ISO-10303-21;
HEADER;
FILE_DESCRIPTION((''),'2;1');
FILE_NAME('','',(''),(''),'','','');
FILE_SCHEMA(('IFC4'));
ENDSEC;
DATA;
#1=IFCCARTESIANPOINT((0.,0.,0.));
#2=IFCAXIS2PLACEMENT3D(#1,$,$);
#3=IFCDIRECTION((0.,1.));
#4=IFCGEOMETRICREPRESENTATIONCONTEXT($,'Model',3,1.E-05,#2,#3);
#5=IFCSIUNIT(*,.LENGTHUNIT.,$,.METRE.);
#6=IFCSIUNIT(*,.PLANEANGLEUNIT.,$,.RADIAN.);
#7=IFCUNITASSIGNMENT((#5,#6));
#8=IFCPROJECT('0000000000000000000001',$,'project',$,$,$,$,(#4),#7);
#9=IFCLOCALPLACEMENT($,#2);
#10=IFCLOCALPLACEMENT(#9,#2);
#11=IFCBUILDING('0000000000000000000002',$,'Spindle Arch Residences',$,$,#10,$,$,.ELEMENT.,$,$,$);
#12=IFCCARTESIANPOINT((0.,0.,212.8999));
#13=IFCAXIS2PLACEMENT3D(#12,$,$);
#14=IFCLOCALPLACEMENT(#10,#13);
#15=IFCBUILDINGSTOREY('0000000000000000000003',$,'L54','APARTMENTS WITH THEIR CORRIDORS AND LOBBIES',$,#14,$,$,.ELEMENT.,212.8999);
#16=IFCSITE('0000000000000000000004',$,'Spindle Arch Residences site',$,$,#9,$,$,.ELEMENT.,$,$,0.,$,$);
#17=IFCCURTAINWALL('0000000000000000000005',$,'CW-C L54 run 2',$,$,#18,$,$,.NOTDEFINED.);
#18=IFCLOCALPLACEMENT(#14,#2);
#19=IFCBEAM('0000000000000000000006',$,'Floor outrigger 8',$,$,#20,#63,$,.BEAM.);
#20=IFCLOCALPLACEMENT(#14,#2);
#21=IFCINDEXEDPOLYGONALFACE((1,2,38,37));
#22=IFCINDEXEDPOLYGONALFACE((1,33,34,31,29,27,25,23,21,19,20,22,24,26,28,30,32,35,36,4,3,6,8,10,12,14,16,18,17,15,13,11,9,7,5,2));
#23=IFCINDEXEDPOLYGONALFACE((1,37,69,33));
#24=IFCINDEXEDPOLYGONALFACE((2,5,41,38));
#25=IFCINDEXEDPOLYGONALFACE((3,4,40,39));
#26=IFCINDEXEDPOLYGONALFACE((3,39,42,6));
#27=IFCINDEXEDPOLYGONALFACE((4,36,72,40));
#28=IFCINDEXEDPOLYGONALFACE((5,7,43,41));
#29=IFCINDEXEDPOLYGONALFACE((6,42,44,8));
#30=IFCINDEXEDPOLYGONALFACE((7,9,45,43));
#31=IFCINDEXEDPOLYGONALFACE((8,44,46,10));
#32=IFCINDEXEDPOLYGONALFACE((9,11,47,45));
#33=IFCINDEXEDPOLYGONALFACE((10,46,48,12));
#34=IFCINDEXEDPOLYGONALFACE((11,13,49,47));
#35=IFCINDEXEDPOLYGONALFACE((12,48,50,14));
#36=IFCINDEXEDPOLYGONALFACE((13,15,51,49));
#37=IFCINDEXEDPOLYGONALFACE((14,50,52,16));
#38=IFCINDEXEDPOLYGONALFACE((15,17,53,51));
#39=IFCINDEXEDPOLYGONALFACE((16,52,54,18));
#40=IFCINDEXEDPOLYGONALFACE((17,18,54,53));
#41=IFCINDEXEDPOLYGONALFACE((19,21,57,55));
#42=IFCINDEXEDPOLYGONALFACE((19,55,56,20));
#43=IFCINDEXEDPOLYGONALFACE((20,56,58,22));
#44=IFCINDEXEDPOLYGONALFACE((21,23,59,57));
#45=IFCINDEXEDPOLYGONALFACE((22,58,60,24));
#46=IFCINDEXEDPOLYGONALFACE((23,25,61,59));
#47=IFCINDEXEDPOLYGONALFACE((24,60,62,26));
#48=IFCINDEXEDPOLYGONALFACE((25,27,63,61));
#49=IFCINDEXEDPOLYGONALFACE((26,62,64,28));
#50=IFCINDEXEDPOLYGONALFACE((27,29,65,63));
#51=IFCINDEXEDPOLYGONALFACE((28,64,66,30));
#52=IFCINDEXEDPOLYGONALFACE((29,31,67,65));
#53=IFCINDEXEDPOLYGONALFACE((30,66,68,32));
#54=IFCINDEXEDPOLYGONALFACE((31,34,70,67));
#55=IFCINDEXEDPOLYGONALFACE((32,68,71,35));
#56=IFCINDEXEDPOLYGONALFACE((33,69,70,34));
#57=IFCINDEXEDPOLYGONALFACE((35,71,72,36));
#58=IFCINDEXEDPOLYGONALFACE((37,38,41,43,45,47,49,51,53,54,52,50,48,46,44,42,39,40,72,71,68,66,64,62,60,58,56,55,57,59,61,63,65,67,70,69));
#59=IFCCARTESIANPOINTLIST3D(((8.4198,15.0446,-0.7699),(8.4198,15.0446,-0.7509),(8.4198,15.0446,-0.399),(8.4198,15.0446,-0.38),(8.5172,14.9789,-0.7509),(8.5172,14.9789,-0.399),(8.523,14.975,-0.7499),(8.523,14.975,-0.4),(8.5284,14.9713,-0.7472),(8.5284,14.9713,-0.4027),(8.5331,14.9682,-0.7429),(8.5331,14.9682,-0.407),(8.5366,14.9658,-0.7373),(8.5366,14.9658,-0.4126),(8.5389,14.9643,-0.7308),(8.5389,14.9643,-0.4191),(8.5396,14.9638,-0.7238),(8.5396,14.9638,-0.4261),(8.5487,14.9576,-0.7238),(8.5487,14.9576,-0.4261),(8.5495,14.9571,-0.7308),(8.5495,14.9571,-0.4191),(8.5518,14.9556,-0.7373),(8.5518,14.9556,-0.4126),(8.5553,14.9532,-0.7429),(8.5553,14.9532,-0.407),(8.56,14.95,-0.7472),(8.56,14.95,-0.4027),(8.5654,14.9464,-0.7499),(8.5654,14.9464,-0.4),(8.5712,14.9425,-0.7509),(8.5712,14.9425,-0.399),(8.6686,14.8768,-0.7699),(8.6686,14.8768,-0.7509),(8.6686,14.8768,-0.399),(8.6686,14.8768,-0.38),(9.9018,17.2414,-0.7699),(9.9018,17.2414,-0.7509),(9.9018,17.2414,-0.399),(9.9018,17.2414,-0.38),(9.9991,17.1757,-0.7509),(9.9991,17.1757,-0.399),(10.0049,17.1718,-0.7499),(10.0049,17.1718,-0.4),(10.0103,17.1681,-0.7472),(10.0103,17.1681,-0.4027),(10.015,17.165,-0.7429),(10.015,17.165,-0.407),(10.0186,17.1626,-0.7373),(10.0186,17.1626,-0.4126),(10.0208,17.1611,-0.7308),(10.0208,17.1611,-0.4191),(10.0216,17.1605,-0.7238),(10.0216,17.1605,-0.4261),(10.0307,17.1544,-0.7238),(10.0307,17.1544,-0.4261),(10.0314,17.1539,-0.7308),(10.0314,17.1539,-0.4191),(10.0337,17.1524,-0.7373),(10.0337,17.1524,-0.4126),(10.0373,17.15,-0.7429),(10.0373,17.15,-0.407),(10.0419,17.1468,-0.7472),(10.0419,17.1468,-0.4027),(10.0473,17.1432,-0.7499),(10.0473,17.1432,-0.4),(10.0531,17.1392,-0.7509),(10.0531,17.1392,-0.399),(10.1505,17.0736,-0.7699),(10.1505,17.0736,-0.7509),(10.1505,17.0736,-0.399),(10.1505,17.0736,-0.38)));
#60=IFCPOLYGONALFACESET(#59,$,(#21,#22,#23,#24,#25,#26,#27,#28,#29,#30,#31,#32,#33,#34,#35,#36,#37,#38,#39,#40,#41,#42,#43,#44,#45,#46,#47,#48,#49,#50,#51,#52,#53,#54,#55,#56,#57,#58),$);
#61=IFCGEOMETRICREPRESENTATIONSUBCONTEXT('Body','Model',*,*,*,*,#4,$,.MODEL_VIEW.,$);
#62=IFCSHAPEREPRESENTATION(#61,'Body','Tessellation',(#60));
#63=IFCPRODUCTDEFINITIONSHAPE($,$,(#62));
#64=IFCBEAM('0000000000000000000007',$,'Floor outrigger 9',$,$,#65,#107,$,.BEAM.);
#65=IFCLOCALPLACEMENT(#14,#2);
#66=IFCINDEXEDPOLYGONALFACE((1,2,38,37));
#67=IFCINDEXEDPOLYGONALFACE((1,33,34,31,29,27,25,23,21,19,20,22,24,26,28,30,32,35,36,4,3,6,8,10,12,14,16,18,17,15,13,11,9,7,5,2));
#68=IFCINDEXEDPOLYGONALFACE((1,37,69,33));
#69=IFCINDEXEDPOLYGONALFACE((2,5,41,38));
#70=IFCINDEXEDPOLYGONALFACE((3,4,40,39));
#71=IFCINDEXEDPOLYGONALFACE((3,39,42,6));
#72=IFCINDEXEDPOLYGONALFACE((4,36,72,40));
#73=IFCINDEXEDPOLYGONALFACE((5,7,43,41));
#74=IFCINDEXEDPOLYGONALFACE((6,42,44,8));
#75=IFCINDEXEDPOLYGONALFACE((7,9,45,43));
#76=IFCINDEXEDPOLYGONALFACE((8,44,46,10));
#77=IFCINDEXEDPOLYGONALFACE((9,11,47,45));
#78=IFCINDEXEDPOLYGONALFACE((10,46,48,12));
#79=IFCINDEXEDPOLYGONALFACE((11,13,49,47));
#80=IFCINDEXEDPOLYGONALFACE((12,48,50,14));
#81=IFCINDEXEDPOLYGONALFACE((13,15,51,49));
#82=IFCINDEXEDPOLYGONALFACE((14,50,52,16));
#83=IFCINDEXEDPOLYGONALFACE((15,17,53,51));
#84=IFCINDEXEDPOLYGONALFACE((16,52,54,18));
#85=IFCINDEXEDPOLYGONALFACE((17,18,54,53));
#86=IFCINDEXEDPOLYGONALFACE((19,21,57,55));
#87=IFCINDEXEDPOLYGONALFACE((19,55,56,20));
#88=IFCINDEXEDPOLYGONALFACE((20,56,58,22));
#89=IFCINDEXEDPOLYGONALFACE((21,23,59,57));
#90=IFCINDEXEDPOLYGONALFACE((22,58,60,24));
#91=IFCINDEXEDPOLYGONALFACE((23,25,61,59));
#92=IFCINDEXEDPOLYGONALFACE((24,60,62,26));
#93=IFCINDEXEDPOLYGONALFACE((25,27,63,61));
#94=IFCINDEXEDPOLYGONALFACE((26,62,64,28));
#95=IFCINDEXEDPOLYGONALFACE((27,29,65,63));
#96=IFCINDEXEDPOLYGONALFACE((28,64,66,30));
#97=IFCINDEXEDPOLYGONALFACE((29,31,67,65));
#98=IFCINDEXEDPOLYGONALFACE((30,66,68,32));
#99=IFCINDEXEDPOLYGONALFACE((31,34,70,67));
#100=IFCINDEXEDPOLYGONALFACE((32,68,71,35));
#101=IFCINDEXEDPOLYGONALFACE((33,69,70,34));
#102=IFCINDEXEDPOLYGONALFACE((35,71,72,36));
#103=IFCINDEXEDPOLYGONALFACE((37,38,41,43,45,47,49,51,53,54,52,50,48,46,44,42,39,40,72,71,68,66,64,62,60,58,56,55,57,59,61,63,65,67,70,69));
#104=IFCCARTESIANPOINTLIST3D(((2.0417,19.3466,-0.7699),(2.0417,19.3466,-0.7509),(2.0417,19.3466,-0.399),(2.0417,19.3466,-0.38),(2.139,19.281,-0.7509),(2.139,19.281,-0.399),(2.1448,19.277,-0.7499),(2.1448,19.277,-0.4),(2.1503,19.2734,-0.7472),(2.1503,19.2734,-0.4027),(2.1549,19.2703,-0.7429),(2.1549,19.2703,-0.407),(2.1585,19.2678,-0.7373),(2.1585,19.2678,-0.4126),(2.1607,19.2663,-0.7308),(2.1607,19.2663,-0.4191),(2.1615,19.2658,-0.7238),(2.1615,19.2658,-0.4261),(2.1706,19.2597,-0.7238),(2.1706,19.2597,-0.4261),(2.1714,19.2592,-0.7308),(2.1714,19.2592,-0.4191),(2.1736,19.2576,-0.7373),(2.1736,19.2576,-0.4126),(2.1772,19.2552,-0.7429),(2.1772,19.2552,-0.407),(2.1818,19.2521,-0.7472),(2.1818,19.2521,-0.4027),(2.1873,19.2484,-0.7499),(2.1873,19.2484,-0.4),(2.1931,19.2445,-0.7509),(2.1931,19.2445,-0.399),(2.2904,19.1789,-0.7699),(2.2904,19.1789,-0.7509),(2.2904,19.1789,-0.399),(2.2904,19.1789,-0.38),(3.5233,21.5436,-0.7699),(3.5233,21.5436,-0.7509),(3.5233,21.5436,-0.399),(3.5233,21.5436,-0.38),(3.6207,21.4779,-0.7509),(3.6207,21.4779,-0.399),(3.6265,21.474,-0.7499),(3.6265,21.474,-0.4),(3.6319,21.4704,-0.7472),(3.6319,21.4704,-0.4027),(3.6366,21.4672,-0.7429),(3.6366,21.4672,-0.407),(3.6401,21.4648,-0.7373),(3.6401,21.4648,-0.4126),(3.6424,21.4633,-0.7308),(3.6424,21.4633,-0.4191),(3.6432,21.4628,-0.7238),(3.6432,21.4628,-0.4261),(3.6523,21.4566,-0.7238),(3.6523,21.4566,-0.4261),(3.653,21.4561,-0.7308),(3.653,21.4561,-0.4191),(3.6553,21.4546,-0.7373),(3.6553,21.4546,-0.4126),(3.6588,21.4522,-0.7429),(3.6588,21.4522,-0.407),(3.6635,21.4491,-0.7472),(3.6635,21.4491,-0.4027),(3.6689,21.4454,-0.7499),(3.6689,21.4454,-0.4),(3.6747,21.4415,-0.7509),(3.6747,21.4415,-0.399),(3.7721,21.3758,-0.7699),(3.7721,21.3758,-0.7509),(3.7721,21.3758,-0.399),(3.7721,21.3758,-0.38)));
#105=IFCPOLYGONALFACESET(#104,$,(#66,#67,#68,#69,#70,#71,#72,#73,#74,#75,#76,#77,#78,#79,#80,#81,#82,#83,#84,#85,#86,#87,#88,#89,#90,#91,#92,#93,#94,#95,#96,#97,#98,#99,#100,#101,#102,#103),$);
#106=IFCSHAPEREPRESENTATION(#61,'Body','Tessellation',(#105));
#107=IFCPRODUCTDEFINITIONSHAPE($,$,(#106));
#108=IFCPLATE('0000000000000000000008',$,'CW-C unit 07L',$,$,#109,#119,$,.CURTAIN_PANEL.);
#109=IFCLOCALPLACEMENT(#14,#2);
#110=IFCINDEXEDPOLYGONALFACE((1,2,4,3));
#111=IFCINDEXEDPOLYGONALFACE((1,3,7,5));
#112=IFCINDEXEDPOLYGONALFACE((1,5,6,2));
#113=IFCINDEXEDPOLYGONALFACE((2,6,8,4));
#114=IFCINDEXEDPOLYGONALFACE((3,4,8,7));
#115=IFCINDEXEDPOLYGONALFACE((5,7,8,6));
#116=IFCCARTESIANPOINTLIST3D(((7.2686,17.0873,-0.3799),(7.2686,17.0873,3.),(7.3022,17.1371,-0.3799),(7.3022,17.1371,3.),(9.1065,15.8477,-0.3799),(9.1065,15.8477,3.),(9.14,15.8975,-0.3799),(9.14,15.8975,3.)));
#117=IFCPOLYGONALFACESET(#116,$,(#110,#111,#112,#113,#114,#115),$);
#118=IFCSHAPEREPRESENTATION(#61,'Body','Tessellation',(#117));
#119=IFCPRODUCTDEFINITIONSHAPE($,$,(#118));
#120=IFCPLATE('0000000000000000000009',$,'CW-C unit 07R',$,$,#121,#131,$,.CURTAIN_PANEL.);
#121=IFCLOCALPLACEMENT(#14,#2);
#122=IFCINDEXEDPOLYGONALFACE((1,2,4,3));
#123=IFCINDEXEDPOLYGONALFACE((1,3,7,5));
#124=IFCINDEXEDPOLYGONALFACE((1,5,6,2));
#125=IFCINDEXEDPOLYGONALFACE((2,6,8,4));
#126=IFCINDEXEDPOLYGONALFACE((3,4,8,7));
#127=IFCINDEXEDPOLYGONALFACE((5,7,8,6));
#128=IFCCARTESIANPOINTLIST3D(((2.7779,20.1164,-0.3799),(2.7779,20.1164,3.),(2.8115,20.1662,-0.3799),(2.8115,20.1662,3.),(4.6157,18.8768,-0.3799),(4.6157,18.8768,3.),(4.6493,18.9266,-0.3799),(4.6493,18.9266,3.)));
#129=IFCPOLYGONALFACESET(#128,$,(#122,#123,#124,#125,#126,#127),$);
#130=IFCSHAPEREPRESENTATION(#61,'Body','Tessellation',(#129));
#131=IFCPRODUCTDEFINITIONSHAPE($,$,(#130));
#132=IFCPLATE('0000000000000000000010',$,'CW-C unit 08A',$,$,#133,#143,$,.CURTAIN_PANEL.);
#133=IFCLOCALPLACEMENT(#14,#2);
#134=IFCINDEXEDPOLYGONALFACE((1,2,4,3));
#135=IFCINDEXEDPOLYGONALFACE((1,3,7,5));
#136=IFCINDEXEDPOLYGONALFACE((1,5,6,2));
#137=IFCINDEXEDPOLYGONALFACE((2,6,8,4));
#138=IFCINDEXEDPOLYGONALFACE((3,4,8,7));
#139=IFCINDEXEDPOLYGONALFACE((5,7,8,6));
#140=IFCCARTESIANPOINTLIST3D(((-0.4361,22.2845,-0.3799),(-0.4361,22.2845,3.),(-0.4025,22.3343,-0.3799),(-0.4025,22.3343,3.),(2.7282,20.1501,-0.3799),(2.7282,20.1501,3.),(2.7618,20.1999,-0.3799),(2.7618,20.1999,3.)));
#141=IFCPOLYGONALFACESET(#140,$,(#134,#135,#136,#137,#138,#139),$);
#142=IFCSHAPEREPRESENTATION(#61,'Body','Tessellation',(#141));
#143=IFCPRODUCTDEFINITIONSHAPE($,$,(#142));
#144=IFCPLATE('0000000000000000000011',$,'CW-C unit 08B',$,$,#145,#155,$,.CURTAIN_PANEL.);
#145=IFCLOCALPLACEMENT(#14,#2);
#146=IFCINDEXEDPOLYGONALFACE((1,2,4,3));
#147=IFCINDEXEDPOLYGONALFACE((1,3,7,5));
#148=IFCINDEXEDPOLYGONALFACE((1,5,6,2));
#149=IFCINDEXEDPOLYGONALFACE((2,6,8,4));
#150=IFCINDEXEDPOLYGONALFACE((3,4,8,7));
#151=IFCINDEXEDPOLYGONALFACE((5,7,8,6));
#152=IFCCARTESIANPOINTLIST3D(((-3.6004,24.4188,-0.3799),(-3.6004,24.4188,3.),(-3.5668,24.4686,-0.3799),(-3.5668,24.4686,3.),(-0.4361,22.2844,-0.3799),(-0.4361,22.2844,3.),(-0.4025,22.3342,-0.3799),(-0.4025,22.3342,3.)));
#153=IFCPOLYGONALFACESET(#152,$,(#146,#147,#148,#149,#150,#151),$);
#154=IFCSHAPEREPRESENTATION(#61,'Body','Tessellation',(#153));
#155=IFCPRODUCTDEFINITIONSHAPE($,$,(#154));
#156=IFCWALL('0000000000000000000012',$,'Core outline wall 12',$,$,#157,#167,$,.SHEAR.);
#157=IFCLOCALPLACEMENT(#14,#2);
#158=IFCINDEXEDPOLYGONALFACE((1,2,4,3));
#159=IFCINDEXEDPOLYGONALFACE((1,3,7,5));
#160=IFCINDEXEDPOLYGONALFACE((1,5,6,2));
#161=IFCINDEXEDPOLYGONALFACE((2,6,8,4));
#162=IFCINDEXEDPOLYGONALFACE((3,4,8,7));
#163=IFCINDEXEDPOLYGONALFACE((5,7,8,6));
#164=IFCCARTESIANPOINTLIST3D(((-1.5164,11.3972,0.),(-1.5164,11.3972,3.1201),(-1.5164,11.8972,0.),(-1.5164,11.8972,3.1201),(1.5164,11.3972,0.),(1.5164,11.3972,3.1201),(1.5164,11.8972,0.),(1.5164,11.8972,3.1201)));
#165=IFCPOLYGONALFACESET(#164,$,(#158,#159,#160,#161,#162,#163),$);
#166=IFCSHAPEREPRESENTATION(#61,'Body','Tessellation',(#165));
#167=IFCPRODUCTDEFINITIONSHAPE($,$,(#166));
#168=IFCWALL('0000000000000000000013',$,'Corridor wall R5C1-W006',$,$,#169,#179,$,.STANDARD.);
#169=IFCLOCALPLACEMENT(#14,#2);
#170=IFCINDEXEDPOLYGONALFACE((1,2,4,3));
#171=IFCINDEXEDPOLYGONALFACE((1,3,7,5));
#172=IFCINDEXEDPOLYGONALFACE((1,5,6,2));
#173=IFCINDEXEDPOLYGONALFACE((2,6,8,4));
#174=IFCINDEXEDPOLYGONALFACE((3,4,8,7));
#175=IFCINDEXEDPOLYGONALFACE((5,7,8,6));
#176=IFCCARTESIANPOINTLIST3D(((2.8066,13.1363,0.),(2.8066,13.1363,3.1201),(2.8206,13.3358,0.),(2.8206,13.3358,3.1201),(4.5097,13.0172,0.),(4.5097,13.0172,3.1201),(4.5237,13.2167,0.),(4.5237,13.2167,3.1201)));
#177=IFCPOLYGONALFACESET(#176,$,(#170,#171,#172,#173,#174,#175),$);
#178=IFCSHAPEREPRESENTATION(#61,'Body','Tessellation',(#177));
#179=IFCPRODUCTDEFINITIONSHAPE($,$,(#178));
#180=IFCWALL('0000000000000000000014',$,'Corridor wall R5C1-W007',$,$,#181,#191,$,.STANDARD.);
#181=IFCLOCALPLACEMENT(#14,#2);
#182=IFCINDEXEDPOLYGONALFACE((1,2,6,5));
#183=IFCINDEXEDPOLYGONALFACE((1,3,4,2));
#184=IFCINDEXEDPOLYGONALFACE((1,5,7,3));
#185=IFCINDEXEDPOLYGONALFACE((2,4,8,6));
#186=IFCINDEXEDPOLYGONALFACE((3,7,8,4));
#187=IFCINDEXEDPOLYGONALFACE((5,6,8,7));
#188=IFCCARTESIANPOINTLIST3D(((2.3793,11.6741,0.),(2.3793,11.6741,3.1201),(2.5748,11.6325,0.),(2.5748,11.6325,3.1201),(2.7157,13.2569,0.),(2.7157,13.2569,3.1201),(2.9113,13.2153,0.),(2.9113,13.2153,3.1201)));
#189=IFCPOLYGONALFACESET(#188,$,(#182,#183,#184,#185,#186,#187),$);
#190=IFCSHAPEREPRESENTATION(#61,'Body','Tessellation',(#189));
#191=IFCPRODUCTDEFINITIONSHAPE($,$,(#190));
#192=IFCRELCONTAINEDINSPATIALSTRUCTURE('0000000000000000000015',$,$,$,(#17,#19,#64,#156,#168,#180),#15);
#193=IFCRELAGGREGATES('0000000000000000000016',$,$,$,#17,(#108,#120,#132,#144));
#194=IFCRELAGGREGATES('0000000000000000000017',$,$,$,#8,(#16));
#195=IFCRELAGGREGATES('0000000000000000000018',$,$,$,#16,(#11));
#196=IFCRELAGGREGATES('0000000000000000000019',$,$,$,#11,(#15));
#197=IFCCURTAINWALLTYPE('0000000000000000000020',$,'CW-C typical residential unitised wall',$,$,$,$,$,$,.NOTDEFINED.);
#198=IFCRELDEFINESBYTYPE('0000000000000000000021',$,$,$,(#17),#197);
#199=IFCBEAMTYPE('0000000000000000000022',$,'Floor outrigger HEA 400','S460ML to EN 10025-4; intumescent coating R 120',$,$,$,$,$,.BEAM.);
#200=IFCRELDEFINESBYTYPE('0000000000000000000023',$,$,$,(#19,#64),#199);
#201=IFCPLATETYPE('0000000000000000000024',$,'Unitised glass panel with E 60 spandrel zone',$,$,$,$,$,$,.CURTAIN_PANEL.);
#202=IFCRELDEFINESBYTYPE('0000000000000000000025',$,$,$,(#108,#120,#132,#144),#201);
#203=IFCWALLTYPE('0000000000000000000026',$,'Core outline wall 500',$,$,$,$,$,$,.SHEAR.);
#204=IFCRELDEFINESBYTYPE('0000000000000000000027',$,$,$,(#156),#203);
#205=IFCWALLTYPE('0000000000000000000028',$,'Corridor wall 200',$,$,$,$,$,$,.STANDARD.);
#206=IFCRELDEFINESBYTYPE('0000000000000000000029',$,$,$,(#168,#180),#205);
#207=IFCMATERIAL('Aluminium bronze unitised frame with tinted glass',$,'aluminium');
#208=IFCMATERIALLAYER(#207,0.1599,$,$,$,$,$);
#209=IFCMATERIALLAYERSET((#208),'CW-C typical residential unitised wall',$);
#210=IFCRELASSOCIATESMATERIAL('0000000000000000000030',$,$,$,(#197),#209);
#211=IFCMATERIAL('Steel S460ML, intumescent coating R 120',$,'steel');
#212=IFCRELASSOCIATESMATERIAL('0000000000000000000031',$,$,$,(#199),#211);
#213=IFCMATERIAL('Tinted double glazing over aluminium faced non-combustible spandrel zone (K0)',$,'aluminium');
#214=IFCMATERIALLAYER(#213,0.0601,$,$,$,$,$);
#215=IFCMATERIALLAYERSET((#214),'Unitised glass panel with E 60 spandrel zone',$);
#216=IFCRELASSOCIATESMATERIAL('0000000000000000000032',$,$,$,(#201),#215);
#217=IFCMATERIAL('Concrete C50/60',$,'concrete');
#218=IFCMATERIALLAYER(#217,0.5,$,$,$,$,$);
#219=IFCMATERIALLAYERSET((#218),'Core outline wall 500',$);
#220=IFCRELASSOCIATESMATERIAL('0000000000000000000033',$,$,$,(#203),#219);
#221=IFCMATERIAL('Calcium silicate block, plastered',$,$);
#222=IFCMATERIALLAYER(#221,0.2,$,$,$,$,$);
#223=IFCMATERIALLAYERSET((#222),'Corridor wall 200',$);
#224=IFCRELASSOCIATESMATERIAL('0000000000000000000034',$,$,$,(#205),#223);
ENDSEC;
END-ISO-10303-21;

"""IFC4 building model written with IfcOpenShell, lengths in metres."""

from ifc_helpers import new_model, si_unit, direction, frame, frame_2d, origin, origin_2d, place, context, subcontext, project, spatial, rectangle, i_section, extrude, material, layer, layer_set, material_profile, profile_set, type_object, element, aggregate, save


model = new_model("IFC4")

# Units and contexts
model_context = context("Model", 3, precision=1e-05, world=origin(), true_north=direction((0.0, 1.0)))
body_context = subcontext(model_context, "Body", "Model", "MODEL_VIEW")
ifc_project = project(units=[si_unit("LENGTHUNIT", "METRE"), si_unit("PLANEANGLEUNIT", "RADIAN")], contexts=[model_context])

# Site, building, storey
site_placement = place(None, origin())
site = spatial("IfcSite", under=ifc_project, at=site_placement, Name="Spindle Arch Residences site", CompositionType="ELEMENT", RefElevation=0.0)
building_placement = place(site_placement, origin())
building = spatial("IfcBuilding", under=site, at=building_placement, Name="Spindle Arch Residences", CompositionType="ELEMENT")
storey_placement = place(building_placement, frame((0.0, 0.0, 212.8999)))
storey = spatial("IfcBuildingStorey", under=building, at=storey_placement, Name="L54", Description="APARTMENTS WITH THEIR CORRIDORS AND LOBBIES", CompositionType="ELEMENT", Elevation=212.8999)

# Curtain wall
ifc_material_1 = material(Name="Aluminium bronze unitised frame with tinted glass", Category="aluminium")
ifc_layer_1 = layer(ifc_material_1, 0.1599)
ifc_layer_set_1 = layer_set([ifc_layer_1], Name="CW-C typical residential unitised wall")
curtain_wall_type = type_object("IfcCurtainWallType", Name="CW-C typical residential unitised wall", PredefinedType="NOTDEFINED", material=ifc_layer_set_1)
curtain_wall_placement = place(storey_placement, origin())
curtain_wall = element("IfcCurtainWall", 1, at=curtain_wall_placement, inside=storey, type_object=curtain_wall_type, Name="CW-C L54 run 2", PredefinedType="NOTDEFINED")

# Beams
ifc_material_2 = material(Name="Steel S460ML, intumescent coating R 120", Category="steel")
ifc_material_profile_1 = material_profile(ifc_material_2, i_section(OverallWidth=0.3, OverallDepth=0.3899, WebThickness=0.011, FlangeThickness=0.019, FilletRadius=0.0271, at=origin_2d()), Name="HEA 400")
ifc_profile_set_1 = profile_set([ifc_material_profile_1], Name="Steel S460ML, intumescent coating R 120")
beam_type_1 = type_object("IfcBeamType", Name="Floor outrigger HEA 400", Description="S460ML to EN 10025-4; intumescent coating R 120", PredefinedType="BEAM", material=ifc_profile_set_1)
for number, where, z_axis, x_axis, name in (
    (2, (10.0261, 17.1575, -0.575), (-0.559242, -0.829005, 0.0), (0.829005, -0.559242, 0.0), "Floor outrigger 8"),
    (3, (3.6477, 21.4597, -0.575), (-0.559136, -0.829076, 0.0), (0.829076, -0.559136, 0.0), "Floor outrigger 9"),
):
    element("IfcBeam", number, at=place(storey_placement, frame(where, z_axis=z_axis, x_axis=x_axis)), inside=storey, type_object=beam_type_1, Name=name, PredefinedType="BEAM", context=body_context, shape_type="SweptSolid", body=[
        extrude(i_section(OverallWidth=0.3, OverallDepth=0.3899, WebThickness=0.011, FlangeThickness=0.019, FilletRadius=0.0271, at=origin_2d()), origin(), (0.0, 0.0, 1.0), 2.6499),
    ])

# Plates
ifc_material_3 = material(Name="Tinted double glazing over aluminium faced non-combustible spandrel zone (K0)", Category="aluminium")
ifc_layer_2 = layer(ifc_material_3, 0.0601)
ifc_layer_set_2 = layer_set([ifc_layer_2], Name="Unitised glass panel with E 60 spandrel zone")
plate_type = type_object("IfcPlateType", Name="Unitised glass panel with E 60 spandrel zone", PredefinedType="CURTAIN_PANEL", material=ifc_layer_set_2)
plate_1_placement = place(storey_placement, frame((8.2043, 16.4924, -0.3799), z_axis=(0.0, 0.0, 1.0), x_axis=(-0.829038, 0.559193, 0.0)))
plate_1 = element("IfcPlate", 4, at=plate_1_placement, type_object=plate_type, Name="CW-C unit 07L", PredefinedType="CURTAIN_PANEL", context=body_context, shape_type="SweptSolid", body=[
    extrude(rectangle(XDim=2.2168, YDim=0.0601, at=origin_2d()), origin(), (0.0, 0.0, 1.0), 3.3799),
])
plate_2_placement = place(storey_placement, frame((3.7136, 19.5215, -0.3799), z_axis=(0.0, 0.0, 1.0), x_axis=(-0.829038, 0.559193, 0.0)))
plate_2 = element("IfcPlate", 5, at=plate_2_placement, type_object=plate_type, Name="CW-C unit 07R", PredefinedType="CURTAIN_PANEL", context=body_context, shape_type="SweptSolid", body=[
    extrude(rectangle(XDim=2.2168, YDim=0.0601, at=origin_2d()), origin(), (0.0, 0.0, 1.0), 3.3799),
])
plate_3_placement = place(storey_placement, frame((1.1628, 21.2422, -0.3799), z_axis=(0.0, 0.0, 1.0), x_axis=(-0.829038, 0.559193, 0.0)))
plate_3 = element("IfcPlate", 6, at=plate_3_placement, type_object=plate_type, Name="CW-C unit 08A", PredefinedType="CURTAIN_PANEL", context=body_context, shape_type="SweptSolid", body=[
    extrude(rectangle(XDim=3.8169, YDim=0.0601, at=origin_2d()), origin(), (0.0, 0.0, 1.0), 3.3799),
])
plate_4_placement = place(storey_placement, frame((-2.0015, 23.3765, -0.3799), z_axis=(0.0, 0.0, 1.0), x_axis=(-0.829038, 0.559193, 0.0)))
plate_4 = element("IfcPlate", 7, at=plate_4_placement, type_object=plate_type, Name="CW-C unit 08B", PredefinedType="CURTAIN_PANEL", context=body_context, shape_type="SweptSolid", body=[
    extrude(rectangle(XDim=3.8169, YDim=0.0601, at=origin_2d()), origin(), (0.0, 0.0, 1.0), 3.3799),
])
aggregate(curtain_wall, [plate_1, plate_2, plate_3, plate_4])

# Walls
ifc_material_4 = material(Name="Concrete C50/60", Category="concrete")
ifc_layer_3 = layer(ifc_material_4, 0.5)
ifc_layer_set_3 = layer_set([ifc_layer_3], Name="Core outline wall 500")
wall_type_1 = type_object("IfcWallType", Name="Core outline wall 500", PredefinedType="SHEAR", material=ifc_layer_set_3)
wall_1_placement = place(storey_placement, frame((1.5164, 11.6472, 0.0), z_axis=(0.0, 0.0, 1.0), x_axis=(-1.0, 0.0, 0.0)))
element("IfcWall", 8, at=wall_1_placement, inside=storey, type_object=wall_type_1, Name="Core outline wall 12", PredefinedType="SHEAR", context=body_context, shape_type="SweptSolid", body=[
    extrude(rectangle(XDim=3.0327, YDim=0.5, at=frame_2d((1.5164, 0.0))), origin(), (0.0, 0.0, 1.0), 3.1201),
])
ifc_material_5 = material(Name="Calcium silicate block, plastered")
ifc_layer_4 = layer(ifc_material_5, 0.2)
ifc_layer_set_4 = layer_set([ifc_layer_4], Name="Corridor wall 200")
wall_type_2 = type_object("IfcWallType", Name="Corridor wall 200", PredefinedType="STANDARD", material=ifc_layer_set_4)
wall_2_placement = place(storey_placement, frame((4.5166, 13.1169, 0.0), z_axis=(0.0, 0.0, 1.0), x_axis=(-0.997562, 0.069784, 0.0)))
element("IfcWall", 9, at=wall_2_placement, inside=storey, type_object=wall_type_2, Name="Corridor wall R5C1-W006", PredefinedType="STANDARD", context=body_context, shape_type="SweptSolid", body=[
    extrude(rectangle(XDim=1.7073, YDim=0.2, at=frame_2d((0.8535, 0.0))), origin(), (0.0, 0.0, 1.0), 3.1201),
])
wall_3_placement = place(storey_placement, frame((2.8135, 13.2361, 0.0), z_axis=(0.0, 0.0, 1.0), x_axis=(-0.207911, -0.978148, 0.0)))
element("IfcWall", 10, at=wall_3_placement, inside=storey, type_object=wall_type_2, Name="Corridor wall R5C1-W007", PredefinedType="STANDARD", context=body_context, shape_type="SweptSolid", body=[
    extrude(rectangle(XDim=1.6182, YDim=0.2, at=frame_2d((0.8091, 0.0))), origin(), (0.0, 0.0, 1.0), 3.1201),
])

save(model, "model.ifc")
